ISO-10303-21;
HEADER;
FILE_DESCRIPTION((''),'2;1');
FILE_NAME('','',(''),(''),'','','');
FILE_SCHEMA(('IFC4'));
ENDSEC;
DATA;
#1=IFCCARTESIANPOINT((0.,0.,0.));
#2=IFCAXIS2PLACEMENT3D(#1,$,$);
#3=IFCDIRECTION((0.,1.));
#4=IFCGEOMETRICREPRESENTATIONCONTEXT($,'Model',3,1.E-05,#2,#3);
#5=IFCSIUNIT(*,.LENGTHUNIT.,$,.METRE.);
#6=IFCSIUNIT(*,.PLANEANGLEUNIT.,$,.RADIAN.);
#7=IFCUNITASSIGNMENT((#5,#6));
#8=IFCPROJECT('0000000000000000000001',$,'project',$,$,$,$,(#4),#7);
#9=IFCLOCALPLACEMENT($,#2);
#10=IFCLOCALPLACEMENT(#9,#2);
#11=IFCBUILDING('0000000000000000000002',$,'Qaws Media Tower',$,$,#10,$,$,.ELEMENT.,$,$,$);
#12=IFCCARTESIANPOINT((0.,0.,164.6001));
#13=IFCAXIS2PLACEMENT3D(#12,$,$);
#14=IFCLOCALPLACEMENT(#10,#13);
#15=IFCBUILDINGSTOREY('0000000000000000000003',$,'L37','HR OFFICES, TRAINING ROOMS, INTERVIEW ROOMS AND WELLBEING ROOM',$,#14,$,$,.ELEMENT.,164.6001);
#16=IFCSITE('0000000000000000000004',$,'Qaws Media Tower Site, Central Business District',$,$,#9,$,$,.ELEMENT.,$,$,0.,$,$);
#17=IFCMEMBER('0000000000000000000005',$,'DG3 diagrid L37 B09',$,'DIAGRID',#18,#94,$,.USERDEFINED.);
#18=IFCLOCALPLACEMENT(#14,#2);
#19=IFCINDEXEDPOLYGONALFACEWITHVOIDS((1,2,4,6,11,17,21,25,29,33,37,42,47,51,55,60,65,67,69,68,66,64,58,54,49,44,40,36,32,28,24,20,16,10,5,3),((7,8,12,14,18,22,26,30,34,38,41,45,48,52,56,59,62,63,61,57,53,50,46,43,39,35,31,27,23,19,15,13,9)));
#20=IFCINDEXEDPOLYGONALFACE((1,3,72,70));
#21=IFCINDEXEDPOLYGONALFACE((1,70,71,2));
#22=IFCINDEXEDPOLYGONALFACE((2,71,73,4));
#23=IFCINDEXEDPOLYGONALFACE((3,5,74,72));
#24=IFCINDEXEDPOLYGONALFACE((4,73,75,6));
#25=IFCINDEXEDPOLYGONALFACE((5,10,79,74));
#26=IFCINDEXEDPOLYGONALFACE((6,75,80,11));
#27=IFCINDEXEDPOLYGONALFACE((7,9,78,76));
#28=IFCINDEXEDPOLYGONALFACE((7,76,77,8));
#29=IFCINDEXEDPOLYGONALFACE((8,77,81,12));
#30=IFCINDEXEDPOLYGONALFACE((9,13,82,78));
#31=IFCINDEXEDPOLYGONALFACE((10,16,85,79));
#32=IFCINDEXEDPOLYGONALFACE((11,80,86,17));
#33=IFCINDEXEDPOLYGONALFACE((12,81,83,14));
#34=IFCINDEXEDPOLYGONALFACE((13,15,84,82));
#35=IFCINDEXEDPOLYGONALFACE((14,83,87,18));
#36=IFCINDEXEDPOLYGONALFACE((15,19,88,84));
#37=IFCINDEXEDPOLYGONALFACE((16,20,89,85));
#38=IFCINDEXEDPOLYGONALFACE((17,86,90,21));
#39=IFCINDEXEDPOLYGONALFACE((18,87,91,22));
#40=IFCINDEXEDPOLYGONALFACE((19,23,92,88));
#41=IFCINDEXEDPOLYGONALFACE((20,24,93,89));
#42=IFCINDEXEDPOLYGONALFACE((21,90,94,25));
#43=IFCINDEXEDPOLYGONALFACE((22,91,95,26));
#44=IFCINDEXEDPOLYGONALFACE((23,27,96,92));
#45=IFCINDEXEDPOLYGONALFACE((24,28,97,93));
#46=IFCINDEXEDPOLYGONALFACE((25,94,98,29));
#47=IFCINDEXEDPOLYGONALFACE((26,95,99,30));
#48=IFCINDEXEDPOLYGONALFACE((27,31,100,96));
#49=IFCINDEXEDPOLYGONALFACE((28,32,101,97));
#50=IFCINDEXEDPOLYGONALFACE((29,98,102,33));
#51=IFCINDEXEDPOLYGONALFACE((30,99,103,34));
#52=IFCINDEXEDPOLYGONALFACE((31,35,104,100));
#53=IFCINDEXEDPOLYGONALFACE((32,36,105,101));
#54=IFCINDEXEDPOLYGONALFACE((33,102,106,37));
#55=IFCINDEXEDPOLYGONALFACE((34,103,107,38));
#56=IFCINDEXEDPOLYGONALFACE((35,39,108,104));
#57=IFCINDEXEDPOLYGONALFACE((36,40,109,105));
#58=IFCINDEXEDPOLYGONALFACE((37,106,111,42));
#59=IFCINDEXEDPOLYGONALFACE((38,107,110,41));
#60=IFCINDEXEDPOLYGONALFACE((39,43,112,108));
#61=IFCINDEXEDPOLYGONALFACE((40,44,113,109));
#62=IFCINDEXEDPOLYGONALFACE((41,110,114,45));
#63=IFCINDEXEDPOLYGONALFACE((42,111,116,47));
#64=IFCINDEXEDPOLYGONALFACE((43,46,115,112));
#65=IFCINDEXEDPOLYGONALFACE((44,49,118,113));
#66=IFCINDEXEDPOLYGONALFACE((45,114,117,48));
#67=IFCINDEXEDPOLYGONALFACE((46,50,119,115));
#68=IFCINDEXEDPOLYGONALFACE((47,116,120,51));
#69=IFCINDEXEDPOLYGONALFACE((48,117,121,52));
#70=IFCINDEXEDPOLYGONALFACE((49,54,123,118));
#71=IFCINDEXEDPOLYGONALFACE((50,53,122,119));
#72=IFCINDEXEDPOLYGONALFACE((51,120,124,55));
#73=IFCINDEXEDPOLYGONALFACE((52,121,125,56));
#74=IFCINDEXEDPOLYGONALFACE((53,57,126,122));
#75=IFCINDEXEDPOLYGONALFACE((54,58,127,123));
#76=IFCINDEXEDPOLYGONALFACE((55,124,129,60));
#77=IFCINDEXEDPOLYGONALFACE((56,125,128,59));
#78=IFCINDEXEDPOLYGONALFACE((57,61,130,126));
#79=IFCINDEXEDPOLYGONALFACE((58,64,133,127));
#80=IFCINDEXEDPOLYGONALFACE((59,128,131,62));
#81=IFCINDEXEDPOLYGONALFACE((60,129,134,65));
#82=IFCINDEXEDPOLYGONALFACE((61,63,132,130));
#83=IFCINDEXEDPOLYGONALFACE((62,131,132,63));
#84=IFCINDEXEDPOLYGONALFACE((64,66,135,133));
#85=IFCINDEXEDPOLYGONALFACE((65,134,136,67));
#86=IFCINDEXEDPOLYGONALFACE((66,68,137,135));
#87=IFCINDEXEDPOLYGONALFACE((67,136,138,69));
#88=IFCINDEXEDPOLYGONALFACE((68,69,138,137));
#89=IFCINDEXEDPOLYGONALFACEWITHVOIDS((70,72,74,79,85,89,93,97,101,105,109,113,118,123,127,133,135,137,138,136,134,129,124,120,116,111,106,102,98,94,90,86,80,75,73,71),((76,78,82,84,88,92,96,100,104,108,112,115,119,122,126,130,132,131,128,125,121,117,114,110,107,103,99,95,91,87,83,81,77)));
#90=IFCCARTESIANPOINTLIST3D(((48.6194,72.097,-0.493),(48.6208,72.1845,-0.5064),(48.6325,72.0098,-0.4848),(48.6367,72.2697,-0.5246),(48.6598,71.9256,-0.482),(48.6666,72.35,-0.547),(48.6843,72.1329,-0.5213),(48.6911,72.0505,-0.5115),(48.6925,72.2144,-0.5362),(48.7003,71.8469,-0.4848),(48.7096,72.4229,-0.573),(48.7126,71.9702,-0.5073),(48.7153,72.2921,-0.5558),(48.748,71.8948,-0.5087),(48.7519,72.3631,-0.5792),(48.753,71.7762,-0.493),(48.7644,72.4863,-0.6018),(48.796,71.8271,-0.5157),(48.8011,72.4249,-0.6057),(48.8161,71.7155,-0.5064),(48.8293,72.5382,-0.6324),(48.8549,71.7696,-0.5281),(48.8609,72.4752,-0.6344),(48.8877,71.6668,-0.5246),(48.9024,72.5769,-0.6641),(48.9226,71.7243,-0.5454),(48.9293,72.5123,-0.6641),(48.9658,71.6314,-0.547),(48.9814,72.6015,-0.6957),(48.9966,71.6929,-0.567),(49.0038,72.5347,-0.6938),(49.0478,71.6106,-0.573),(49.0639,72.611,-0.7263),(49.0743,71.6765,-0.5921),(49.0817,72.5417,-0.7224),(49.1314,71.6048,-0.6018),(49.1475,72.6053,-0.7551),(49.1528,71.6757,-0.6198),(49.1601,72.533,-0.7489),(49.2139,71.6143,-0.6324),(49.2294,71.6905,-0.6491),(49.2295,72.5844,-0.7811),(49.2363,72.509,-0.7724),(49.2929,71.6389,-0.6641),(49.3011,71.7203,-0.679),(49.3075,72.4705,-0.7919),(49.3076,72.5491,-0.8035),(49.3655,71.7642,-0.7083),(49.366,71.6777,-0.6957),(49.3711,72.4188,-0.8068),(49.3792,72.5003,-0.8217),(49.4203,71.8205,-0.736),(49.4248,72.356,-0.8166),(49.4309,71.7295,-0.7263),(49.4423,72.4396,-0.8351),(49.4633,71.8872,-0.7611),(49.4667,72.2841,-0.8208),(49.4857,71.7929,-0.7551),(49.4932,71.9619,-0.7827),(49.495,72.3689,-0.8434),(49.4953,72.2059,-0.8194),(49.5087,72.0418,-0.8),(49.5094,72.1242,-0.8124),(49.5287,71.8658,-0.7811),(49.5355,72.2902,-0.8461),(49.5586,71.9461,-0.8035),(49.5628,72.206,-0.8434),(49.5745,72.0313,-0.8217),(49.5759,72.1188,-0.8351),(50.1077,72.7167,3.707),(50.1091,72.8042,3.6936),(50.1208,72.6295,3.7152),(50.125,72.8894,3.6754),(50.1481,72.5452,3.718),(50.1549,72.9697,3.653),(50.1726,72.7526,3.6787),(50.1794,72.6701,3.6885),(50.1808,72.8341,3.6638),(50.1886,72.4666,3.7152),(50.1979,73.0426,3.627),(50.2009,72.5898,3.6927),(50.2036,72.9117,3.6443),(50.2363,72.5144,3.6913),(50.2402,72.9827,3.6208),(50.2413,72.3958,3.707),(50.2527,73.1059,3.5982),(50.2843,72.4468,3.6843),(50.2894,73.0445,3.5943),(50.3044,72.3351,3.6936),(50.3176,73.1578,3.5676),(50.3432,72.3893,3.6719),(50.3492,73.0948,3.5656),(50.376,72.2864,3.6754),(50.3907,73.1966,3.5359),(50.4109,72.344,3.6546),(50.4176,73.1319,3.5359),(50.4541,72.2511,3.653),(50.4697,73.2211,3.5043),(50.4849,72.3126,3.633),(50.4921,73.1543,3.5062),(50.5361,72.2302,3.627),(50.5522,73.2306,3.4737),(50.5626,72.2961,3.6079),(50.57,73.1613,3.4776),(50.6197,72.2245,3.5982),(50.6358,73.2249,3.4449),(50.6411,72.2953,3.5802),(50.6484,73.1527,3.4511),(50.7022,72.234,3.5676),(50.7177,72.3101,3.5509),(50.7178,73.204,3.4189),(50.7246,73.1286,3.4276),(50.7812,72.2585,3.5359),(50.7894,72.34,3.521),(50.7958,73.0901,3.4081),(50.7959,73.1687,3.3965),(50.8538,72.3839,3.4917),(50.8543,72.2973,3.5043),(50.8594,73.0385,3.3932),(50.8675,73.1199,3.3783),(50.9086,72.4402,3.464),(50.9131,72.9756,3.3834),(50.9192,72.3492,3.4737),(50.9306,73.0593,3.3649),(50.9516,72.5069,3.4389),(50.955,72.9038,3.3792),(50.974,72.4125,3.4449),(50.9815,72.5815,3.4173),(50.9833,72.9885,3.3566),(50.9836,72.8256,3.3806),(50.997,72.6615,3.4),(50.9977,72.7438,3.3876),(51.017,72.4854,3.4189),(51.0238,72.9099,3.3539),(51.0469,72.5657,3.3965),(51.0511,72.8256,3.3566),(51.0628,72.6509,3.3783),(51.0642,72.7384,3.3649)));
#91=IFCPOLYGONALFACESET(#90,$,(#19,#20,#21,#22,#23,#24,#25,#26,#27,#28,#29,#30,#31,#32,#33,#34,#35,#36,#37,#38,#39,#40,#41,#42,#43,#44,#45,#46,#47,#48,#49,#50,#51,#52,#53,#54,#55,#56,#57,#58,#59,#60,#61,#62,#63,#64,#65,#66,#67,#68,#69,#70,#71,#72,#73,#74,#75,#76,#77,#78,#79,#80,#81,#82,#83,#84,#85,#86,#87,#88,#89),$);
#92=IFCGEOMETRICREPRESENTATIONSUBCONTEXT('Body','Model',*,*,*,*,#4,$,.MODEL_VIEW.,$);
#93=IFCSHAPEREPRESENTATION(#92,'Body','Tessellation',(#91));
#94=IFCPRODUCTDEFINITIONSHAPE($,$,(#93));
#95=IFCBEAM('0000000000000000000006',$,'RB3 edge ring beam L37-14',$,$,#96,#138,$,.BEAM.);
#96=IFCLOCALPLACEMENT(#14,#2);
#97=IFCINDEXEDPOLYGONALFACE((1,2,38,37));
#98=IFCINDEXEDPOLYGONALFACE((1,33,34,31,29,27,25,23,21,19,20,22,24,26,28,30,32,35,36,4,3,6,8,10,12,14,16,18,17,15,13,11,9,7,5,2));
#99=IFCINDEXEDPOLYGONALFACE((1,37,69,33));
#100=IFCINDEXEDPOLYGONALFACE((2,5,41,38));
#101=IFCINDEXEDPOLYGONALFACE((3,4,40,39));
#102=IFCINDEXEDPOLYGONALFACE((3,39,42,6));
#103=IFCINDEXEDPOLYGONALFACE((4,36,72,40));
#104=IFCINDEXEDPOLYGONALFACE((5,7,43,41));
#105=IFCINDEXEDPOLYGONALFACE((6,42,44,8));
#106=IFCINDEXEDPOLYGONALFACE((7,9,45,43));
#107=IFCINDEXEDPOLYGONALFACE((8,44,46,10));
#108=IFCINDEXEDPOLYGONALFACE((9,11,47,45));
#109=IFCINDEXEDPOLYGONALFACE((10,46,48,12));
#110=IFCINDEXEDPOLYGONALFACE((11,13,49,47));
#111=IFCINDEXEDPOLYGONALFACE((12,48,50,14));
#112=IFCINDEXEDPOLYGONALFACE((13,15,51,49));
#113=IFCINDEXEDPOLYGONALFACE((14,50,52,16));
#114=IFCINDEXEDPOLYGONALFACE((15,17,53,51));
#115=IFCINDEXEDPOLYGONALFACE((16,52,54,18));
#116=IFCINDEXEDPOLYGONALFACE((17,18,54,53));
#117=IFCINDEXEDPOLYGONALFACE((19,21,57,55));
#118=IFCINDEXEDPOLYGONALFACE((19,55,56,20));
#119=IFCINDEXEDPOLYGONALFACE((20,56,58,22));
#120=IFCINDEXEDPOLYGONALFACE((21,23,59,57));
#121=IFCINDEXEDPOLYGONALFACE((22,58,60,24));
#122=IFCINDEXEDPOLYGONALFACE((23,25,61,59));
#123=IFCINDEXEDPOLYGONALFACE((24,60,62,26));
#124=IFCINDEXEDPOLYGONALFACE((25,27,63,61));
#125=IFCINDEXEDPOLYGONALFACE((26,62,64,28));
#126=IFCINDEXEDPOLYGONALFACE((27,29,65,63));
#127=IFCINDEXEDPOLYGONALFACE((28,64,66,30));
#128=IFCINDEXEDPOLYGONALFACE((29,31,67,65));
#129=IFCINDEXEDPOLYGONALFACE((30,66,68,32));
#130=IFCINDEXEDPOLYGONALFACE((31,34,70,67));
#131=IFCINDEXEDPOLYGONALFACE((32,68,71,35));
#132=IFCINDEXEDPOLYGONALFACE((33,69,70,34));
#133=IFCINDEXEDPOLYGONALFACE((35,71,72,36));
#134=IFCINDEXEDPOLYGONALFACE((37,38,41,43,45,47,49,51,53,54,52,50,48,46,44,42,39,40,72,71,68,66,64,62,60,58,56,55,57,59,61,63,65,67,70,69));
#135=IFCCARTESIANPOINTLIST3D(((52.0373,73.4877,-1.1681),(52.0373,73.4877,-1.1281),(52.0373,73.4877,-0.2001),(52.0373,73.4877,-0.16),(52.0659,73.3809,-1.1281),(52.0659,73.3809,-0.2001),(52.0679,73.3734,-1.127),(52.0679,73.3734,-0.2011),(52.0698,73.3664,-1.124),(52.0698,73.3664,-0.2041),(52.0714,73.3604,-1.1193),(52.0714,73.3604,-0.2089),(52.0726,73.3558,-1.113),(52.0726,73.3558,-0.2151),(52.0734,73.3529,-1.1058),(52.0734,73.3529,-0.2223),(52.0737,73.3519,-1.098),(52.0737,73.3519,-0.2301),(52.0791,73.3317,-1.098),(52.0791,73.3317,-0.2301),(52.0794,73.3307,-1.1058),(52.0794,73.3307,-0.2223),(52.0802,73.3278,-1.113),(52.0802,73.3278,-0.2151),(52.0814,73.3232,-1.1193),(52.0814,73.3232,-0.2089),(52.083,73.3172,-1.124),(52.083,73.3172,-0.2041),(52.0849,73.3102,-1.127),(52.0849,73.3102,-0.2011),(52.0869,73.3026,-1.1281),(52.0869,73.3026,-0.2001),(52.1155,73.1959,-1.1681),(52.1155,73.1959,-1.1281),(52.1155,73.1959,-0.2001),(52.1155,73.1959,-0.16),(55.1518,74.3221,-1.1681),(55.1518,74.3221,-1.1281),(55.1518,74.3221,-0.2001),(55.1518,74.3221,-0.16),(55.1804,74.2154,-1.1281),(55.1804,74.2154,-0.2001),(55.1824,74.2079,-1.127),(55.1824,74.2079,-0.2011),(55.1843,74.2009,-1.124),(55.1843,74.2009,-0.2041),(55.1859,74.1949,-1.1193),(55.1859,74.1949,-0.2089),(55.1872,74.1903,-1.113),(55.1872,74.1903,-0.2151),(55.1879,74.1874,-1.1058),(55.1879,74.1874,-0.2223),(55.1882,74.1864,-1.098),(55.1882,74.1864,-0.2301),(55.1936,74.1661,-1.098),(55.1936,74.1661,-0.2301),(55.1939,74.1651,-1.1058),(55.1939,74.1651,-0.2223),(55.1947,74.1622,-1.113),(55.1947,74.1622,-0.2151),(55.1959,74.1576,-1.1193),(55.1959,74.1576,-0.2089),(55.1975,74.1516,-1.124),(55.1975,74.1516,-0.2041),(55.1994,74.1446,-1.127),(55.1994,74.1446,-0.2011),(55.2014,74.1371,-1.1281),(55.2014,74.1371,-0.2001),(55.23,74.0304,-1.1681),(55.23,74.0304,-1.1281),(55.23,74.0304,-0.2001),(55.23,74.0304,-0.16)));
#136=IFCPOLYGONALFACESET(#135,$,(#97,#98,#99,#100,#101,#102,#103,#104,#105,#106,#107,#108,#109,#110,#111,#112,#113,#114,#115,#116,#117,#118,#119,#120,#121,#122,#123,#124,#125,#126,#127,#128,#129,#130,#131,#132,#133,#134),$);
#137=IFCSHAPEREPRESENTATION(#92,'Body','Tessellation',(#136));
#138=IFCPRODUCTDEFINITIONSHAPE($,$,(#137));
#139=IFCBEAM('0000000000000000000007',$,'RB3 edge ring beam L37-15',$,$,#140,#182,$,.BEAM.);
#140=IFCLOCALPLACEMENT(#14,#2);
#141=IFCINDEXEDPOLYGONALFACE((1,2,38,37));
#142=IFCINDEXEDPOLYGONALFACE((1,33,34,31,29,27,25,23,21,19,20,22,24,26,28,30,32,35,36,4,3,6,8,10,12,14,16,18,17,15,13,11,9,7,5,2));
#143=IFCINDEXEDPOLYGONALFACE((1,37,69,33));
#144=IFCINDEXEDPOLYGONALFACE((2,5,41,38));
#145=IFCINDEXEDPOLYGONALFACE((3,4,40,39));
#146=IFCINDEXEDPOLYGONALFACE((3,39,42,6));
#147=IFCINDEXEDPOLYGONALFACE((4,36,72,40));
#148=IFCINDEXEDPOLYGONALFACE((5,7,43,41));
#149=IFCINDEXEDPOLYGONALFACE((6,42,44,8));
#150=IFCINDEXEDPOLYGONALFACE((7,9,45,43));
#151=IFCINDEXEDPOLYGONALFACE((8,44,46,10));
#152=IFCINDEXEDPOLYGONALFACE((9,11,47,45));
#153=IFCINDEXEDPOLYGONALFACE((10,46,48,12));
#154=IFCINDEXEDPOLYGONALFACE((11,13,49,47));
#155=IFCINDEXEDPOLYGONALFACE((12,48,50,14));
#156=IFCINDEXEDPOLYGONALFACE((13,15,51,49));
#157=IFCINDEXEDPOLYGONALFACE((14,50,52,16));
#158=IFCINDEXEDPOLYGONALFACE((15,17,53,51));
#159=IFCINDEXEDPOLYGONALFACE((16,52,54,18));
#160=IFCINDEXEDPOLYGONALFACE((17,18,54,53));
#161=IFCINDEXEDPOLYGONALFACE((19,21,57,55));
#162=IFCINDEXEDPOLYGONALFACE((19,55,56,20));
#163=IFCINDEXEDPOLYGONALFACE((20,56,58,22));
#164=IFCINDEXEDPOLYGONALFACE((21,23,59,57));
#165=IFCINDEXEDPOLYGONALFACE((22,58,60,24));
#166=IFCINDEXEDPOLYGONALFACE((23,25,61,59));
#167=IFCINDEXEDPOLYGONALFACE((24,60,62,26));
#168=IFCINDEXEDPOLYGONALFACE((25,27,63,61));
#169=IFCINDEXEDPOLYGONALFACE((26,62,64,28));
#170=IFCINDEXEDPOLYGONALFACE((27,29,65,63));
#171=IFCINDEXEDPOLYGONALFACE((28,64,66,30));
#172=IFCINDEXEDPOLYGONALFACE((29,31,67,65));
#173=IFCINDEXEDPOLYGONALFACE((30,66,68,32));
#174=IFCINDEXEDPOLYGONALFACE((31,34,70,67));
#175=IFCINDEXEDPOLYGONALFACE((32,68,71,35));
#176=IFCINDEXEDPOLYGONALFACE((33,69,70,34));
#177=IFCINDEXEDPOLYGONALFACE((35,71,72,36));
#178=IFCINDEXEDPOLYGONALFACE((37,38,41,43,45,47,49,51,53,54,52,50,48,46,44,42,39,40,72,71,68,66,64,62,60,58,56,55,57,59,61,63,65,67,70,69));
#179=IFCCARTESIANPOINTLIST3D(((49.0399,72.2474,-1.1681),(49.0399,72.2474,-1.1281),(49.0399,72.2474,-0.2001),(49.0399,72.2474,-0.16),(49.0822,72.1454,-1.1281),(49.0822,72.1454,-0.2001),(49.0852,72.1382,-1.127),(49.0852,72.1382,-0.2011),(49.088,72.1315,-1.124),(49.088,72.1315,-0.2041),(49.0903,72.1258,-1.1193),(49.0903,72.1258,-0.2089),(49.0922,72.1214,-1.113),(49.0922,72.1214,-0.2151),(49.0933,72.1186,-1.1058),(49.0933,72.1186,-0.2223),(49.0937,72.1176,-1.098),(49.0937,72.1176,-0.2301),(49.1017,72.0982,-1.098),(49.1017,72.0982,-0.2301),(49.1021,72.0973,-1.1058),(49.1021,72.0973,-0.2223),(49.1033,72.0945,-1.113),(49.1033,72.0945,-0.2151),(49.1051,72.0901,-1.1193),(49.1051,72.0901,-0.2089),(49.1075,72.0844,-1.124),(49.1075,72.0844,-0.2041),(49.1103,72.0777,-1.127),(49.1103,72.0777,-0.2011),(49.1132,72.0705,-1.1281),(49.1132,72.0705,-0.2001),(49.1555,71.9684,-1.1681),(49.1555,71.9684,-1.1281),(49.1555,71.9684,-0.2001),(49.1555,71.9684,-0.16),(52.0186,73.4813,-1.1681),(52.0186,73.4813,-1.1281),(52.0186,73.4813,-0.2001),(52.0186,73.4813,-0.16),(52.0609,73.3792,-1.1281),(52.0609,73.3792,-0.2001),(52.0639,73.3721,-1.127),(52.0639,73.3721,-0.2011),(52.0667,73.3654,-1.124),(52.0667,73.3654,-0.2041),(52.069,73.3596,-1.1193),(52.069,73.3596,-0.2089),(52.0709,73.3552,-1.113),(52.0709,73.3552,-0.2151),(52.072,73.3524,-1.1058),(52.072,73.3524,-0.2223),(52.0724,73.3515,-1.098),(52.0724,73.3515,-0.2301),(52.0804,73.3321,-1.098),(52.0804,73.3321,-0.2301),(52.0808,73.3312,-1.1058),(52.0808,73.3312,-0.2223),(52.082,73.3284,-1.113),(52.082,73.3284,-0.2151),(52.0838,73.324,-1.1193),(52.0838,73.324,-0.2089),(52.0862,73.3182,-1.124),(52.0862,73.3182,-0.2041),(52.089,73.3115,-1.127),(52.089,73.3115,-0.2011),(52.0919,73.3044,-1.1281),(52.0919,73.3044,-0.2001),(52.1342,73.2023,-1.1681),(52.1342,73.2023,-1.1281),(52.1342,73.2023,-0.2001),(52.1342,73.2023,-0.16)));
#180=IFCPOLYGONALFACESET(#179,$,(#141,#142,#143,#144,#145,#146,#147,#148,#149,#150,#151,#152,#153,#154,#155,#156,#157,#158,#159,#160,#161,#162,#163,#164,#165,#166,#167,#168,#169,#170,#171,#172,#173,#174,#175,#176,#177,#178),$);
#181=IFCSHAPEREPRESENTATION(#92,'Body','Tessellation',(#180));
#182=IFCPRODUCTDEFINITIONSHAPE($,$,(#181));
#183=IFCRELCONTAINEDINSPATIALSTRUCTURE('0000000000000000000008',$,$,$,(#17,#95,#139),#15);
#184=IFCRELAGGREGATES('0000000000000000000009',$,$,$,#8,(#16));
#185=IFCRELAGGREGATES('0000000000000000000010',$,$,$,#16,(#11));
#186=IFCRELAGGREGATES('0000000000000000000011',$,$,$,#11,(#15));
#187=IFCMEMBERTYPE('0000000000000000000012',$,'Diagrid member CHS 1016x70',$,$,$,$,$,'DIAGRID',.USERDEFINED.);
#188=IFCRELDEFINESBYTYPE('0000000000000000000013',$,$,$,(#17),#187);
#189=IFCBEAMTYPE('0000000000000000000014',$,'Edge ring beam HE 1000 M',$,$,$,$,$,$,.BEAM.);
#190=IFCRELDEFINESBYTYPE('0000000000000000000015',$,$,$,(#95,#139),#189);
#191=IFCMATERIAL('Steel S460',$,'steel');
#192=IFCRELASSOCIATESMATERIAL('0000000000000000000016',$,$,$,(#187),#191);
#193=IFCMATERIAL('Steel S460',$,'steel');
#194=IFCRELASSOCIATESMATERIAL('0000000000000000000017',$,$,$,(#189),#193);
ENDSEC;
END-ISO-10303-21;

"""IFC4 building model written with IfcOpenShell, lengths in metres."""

from ifc_helpers import new_model, si_unit, direction, frame, origin, origin_2d, place, context, subcontext, project, spatial, hollow_circle, i_section, extrude, material, material_profile, profile_set, type_object, element, save


model = new_model("IFC4")

# Units and contexts
model_context = context("Model", 3, precision=1e-05, world=origin(), true_north=direction((0.0, 1.0)))
body_context = subcontext(model_context, "Body", "Model", "MODEL_VIEW")
ifc_project = project(units=[si_unit("LENGTHUNIT", "METRE"), si_unit("PLANEANGLEUNIT", "RADIAN")], contexts=[model_context])

# Site, building, storey
site_placement = place(None, origin())
site = spatial("IfcSite", under=ifc_project, at=site_placement, Name="Qaws Media Tower Site, Central Business District", CompositionType="ELEMENT", RefElevation=0.0)
building_placement = place(site_placement, origin())
building = spatial("IfcBuilding", under=site, at=building_placement, Name="Qaws Media Tower", CompositionType="ELEMENT")
storey_placement = place(building_placement, frame((0.0, 0.0, 164.6001)))
storey = spatial("IfcBuildingStorey", under=building, at=storey_placement, Name="L37", Description="HR OFFICES, TRAINING ROOMS, INTERVIEW ROOMS AND WELLBEING ROOM", CompositionType="ELEMENT", Elevation=164.6001)

# Member
ifc_material_1 = material(Name="Steel S460", Category="steel")
ifc_material_profile_1 = material_profile(ifc_material_1, hollow_circle(Radius=0.5081, WallThickness=0.0701, at=origin_2d()), Name="CHS 1016x70")
ifc_profile_set_1 = profile_set([ifc_material_profile_1], Name="Steel S460")
member_type_1 = type_object("IfcMemberType", Name="Diagrid member CHS 1016x70", ElementType="DIAGRID", PredefinedType="USERDEFINED", material=ifc_profile_set_1)
for number, where, z_axis, x_axis, name in (
    (1, (49.0977, 72.1079, -0.6641), (0.330823, 0.137734, 0.933587), (-0.384357, 0.923184, 0.0), "DG3 diagrid L37 B09"),
):
    element("IfcMember", number, at=place(storey_placement, frame(where, z_axis=z_axis, x_axis=x_axis)), inside=storey, type_object=member_type_1, Name=name, ObjectType="DIAGRID", PredefinedType="USERDEFINED", context=body_context, shape_type="SweptSolid", body=[
        extrude(hollow_circle(Radius=0.5081, WallThickness=0.0701, at=origin_2d()), origin(), (0.0, 0.0, 1.0), 4.4988),
    ])

# Beams
ifc_material_2 = material(Name="Steel S460", Category="steel")
ifc_material_profile_2 = material_profile(ifc_material_2, i_section(OverallWidth=0.302, OverallDepth=1.0081, WebThickness=0.021, FlangeThickness=0.04, FilletRadius=0.03, at=origin_2d()), Name="HE 1000 M")
ifc_profile_set_2 = profile_set([ifc_material_profile_2], Name="Steel S460")
beam_type_1 = type_object("IfcBeamType", Name="Edge ring beam HE 1000 M", PredefinedType="BEAM", material=ifc_profile_set_2)
beam_1_placement = place(storey_placement, frame((55.1909, 74.1763, -0.6641), z_axis=(-0.96593, -0.258803, 0.0), x_axis=(0.258803, -0.96593, 0.0)))
element("IfcBeam", 2, at=beam_1_placement, inside=storey, type_object=beam_type_1, Name="RB3 edge ring beam L37-14", PredefinedType="BEAM", context=body_context, shape_type="SweptSolid", body=[
    extrude(i_section(OverallWidth=0.302, OverallDepth=1.0081, WebThickness=0.021, FlangeThickness=0.04, FilletRadius=0.03, at=origin_2d()), origin(), (0.0, 0.0, 1.0), 3.2244),
])
beam_2_placement = place(storey_placement, frame((52.0764, 73.3418, -0.6641), z_axis=(-0.923875, -0.382695, 0.0), x_axis=(0.382695, -0.923875, 0.0)))
element("IfcBeam", 3, at=beam_2_placement, inside=storey, type_object=beam_type_1, Name="RB3 edge ring beam L37-15", PredefinedType="BEAM", context=body_context, shape_type="SweptSolid", body=[
    extrude(i_section(OverallWidth=0.302, OverallDepth=1.0081, WebThickness=0.021, FlangeThickness=0.04, FilletRadius=0.03, at=origin_2d()), origin(), (0.0, 0.0, 1.0), 3.2241),
])

save(model, "model.ifc")
